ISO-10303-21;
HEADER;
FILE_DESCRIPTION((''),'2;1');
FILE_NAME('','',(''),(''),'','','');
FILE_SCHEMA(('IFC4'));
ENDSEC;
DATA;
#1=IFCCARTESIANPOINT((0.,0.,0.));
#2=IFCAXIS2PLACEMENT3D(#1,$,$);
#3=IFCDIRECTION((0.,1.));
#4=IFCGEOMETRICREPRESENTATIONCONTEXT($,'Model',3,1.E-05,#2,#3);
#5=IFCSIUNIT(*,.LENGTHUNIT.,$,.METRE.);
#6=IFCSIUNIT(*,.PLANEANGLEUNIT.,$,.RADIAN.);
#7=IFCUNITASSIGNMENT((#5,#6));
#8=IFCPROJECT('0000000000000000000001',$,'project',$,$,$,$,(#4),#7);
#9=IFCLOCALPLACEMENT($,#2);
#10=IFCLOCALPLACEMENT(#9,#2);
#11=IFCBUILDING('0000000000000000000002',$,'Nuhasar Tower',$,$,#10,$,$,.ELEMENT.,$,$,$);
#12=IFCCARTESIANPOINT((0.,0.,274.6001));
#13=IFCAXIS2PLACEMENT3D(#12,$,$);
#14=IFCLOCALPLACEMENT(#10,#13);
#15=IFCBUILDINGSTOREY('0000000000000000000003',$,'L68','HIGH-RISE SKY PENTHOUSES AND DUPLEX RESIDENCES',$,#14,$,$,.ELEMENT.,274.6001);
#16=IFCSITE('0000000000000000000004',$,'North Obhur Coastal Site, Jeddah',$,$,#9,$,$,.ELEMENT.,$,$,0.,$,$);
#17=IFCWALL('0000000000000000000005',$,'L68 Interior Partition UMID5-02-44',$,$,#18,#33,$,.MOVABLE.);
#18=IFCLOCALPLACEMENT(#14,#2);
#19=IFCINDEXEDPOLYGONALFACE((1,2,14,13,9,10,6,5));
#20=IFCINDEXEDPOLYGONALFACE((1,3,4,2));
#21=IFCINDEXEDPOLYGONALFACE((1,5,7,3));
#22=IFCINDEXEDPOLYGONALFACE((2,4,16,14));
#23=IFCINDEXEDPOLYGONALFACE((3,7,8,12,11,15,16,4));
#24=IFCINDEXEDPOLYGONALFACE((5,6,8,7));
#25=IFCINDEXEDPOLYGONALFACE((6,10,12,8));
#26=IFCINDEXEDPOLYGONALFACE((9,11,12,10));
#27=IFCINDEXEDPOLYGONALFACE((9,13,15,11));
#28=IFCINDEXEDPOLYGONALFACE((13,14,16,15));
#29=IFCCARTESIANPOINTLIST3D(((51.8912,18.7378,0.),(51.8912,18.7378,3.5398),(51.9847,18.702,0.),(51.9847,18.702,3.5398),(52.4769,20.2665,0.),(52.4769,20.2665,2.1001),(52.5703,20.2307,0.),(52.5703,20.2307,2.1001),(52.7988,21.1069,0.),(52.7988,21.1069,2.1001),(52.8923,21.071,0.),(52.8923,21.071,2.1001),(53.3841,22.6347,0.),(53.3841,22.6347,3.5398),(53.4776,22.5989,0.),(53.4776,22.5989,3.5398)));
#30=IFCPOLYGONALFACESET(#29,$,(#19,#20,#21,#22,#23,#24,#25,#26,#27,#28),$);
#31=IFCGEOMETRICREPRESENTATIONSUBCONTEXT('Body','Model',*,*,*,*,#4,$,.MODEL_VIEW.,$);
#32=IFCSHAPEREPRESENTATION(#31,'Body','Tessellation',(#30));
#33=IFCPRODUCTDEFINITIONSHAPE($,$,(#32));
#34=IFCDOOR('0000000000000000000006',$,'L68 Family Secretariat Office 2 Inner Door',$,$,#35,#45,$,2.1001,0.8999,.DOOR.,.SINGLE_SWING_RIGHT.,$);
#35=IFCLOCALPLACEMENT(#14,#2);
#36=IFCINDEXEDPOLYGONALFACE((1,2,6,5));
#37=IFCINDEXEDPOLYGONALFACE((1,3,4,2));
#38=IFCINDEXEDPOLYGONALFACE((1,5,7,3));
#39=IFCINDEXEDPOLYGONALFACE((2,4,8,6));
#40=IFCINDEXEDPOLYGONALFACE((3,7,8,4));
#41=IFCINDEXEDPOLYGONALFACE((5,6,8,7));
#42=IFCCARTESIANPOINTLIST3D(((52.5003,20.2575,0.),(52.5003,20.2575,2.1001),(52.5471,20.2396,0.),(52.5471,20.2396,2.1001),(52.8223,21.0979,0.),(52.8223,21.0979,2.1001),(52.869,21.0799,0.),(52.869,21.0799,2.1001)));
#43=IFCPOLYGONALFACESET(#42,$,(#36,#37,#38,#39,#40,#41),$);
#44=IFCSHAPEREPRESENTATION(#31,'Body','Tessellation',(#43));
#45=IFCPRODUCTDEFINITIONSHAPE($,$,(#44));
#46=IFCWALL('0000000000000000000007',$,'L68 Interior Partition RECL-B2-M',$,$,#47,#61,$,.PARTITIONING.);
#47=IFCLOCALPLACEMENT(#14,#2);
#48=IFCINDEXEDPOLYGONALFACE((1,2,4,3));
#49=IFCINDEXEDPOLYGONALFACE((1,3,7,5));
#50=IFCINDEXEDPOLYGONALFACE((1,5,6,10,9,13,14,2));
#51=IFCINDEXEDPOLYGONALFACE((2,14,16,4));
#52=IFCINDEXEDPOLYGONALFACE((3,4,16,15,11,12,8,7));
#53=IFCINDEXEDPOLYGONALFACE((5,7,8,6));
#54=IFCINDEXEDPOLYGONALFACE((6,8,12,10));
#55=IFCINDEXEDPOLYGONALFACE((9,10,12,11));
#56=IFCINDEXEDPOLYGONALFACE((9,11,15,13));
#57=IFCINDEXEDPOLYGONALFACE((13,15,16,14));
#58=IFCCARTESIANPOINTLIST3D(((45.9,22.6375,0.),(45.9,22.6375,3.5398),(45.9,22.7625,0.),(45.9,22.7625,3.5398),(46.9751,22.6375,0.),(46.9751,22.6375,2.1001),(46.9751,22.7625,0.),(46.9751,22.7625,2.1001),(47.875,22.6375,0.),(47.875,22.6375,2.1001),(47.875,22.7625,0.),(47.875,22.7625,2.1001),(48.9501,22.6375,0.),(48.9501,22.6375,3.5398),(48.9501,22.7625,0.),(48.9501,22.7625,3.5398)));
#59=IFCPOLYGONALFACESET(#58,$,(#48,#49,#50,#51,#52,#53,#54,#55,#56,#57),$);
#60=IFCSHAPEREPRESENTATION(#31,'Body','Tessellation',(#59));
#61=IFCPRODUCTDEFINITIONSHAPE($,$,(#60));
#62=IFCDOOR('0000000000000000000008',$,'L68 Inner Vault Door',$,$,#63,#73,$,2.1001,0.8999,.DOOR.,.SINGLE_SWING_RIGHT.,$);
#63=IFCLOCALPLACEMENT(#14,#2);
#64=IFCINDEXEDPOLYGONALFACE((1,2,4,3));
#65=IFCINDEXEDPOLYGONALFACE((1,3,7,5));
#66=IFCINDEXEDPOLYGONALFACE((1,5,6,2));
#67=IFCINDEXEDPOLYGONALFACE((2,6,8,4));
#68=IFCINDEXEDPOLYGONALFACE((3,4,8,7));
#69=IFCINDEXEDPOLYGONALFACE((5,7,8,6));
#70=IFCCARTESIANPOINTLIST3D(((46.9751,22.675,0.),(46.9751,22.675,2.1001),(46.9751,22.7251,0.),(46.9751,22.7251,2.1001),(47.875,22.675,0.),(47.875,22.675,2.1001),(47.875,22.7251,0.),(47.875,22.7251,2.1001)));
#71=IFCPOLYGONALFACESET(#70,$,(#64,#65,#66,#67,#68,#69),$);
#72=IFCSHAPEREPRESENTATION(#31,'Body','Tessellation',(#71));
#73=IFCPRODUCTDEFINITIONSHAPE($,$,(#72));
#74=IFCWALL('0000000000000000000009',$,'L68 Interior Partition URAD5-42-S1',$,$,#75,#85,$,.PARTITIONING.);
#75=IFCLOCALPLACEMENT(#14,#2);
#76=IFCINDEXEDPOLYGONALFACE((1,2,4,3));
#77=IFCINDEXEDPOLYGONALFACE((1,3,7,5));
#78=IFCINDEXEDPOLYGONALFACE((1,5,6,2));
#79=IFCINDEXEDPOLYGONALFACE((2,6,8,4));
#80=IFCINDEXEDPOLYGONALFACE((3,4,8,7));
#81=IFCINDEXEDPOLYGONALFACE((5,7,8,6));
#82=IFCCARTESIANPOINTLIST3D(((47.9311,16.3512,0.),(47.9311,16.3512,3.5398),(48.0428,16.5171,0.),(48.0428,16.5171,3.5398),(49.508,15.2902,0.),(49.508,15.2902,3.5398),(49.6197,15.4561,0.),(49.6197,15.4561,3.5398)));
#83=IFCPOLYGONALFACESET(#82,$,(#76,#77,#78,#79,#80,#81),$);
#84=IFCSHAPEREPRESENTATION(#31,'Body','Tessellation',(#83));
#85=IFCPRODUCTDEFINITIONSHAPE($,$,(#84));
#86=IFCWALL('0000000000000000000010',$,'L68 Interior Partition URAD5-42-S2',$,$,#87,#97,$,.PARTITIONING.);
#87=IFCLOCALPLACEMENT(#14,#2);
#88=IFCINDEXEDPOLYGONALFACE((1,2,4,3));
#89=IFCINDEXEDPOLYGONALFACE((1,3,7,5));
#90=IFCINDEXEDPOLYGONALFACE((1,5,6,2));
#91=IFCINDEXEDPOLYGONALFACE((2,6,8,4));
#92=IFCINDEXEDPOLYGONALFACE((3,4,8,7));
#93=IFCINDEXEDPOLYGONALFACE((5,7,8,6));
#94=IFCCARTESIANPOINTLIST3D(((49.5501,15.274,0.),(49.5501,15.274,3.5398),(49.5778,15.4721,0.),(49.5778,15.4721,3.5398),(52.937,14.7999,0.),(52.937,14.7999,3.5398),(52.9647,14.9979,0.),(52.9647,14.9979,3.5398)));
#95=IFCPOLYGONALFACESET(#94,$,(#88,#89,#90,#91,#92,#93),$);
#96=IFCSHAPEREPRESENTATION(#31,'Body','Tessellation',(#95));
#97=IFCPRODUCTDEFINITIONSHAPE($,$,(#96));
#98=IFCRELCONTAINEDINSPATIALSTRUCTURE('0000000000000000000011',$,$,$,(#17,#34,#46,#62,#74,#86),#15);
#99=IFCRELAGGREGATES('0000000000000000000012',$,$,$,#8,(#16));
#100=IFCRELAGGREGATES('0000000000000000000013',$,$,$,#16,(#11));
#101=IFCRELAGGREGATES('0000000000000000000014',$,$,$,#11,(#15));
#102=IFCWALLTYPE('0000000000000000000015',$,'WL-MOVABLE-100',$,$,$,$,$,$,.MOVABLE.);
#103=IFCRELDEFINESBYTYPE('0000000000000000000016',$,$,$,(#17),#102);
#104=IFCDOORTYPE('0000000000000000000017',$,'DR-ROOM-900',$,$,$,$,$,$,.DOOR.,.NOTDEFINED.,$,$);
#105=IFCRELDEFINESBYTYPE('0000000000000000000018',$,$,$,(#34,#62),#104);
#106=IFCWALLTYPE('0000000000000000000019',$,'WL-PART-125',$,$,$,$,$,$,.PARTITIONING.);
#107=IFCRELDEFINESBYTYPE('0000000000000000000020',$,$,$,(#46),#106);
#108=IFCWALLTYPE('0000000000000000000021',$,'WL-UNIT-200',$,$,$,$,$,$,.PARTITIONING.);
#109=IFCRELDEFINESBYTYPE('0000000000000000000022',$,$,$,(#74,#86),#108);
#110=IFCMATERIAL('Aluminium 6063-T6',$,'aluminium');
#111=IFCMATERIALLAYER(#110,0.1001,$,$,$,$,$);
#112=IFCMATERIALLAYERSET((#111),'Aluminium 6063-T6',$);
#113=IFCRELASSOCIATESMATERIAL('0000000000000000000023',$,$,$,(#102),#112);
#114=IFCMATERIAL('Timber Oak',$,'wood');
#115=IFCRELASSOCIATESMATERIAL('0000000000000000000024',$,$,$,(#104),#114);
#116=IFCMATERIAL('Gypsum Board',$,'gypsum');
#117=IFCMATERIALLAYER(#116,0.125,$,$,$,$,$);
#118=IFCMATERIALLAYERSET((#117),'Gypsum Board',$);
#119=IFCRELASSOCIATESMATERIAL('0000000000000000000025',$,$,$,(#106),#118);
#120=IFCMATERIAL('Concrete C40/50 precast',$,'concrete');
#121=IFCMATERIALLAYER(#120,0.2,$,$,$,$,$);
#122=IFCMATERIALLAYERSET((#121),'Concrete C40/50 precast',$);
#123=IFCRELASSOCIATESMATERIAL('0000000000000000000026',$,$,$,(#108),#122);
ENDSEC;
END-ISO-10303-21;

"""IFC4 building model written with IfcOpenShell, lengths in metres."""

from ifc_helpers import new_model, si_unit, direction, frame, frame_2d, origin, place, context, subcontext, project, spatial, rectangle, extrude, material, layer, layer_set, type_object, element, fill, save


model = new_model("IFC4")

# Units and contexts
model_context = context("Model", 3, precision=1e-05, world=origin(), true_north=direction((0.0, 1.0)))
body_context = subcontext(model_context, "Body", "Model", "MODEL_VIEW")
ifc_project = project(units=[si_unit("LENGTHUNIT", "METRE"), si_unit("PLANEANGLEUNIT", "RADIAN")], contexts=[model_context])

# Site, building, storey
site_placement = place(None, origin())
site = spatial("IfcSite", under=ifc_project, at=site_placement, Name="North Obhur Coastal Site, Jeddah", CompositionType="ELEMENT", RefElevation=0.0)
building_placement = place(site_placement, origin())
building = spatial("IfcBuilding", under=site, at=building_placement, Name="Nuhasar Tower", CompositionType="ELEMENT")
storey_placement = place(building_placement, frame((0.0, 0.0, 274.6001)))
storey = spatial("IfcBuildingStorey", under=building, at=storey_placement, Name="L68", Description="HIGH-RISE SKY PENTHOUSES AND DUPLEX RESIDENCES", CompositionType="ELEMENT", Elevation=274.6001)

# Shared definitions
ifc_material_1 = material(Name="Aluminium 6063-T6", Category="aluminium")

# Shared definitions
ifc_material_2 = material(Name="Gypsum Board", Category="gypsum")

# Shared definitions
ifc_material_3 = material(Name="Timber Oak", Category="wood")

# Shared definitions
ifc_layer_1 = layer(ifc_material_1, 0.1001)
ifc_layer_set_1 = layer_set([ifc_layer_1], Name="Aluminium 6063-T6")
wall_type_1 = type_object("IfcWallType", Name="WL-MOVABLE-100", PredefinedType="MOVABLE", material=ifc_layer_set_1)

# Walls, openings, doors
wall_1_placement = place(storey_placement, frame((51.938, 18.72, 0.0), z_axis=(0.0, 0.0, 1.0), x_axis=(0.357744, 0.93382, 0.0)))
wall_1 = element("IfcWall", 1, at=wall_1_placement, inside=storey, type_object=wall_type_1, Name="L68 Interior Partition UMID5-02-44", PredefinedType="MOVABLE", context=body_context, shape_type="SweptSolid", body=[
    extrude(rectangle(XDim=4.1731, YDim=0.1001, at=frame_2d((2.0864, 0.0))), origin(), (0.0, 0.0, 1.0), 3.5398),
])
opening_1_placement = place(wall_1_placement, frame((1.637, 0.0, 0.0)))
opening_1 = element("IfcOpeningElement", 2, at=opening_1_placement, cuts=wall_1, PredefinedType="OPENING", context=body_context, shape_type="SweptSolid", body=[
    extrude(rectangle(XDim=0.8999, YDim=2.1001, at=frame_2d((0.45, 1.05))), frame((0.0, 0.0601, 0.0), z_axis=(0.0, -1.0, 0.0), x_axis=(1.0, 0.0, 0.0)), (0.0, 0.0, 1.0), 0.1201),
])
door_type_1 = type_object("IfcDoorType", Name="DR-ROOM-900", OperationType="NOTDEFINED", PredefinedType="DOOR", material=ifc_material_3)
door_1_placement = place(opening_1_placement, origin())
door_1 = element("IfcDoor", 3, at=door_1_placement, inside=storey, type_object=door_type_1, Name="L68 Family Secretariat Office 2 Inner Door", OperationType="SINGLE_SWING_RIGHT", OverallHeight=2.1001, OverallWidth=0.8999, PredefinedType="DOOR", context=body_context, shape_type="SweptSolid", body=[
    extrude(rectangle(XDim=0.8999, YDim=2.1001, at=frame_2d((0.45, 1.05))), frame((0.0, 0.0249, 0.0), z_axis=(0.0, -1.0, 0.0), x_axis=(1.0, 0.0, 0.0)), (0.0, 0.0, 1.0), 0.05),
])
fill(opening_1, door_1)
ifc_layer_2 = layer(ifc_material_2, 0.125)
ifc_layer_set_2 = layer_set([ifc_layer_2], Name="Gypsum Board")
wall_type_2 = type_object("IfcWallType", Name="WL-PART-125", PredefinedType="PARTITIONING", material=ifc_layer_set_2)
wall_2_placement = place(storey_placement, frame((48.95, 22.7, 0.0), z_axis=(0.0, 0.0, 1.0), x_axis=(-1.0, 0.0, 0.0)))
wall_2 = element("IfcWall", 4, at=wall_2_placement, inside=storey, type_object=wall_type_2, Name="L68 Interior Partition RECL-B2-M", PredefinedType="PARTITIONING", context=body_context, shape_type="SweptSolid", body=[
    extrude(rectangle(XDim=3.05, YDim=0.125, at=frame_2d((1.5249, 0.0))), origin(), (0.0, 0.0, 1.0), 3.5398),
])
opening_2_placement = place(wall_2_placement, frame((1.075, 0.0, 0.0)))
opening_2 = element("IfcOpeningElement", 5, at=opening_2_placement, cuts=wall_2, PredefinedType="OPENING", context=body_context, shape_type="SweptSolid", body=[
    extrude(rectangle(XDim=0.8999, YDim=2.1001, at=frame_2d((0.45, 1.05))), frame((0.0, 0.0725, 0.0), z_axis=(0.0, -1.0, 0.0), x_axis=(1.0, 0.0, 0.0)), (0.0, 0.0, 1.0), 0.145),
])
door_2_placement = place(opening_2_placement, origin())
door_2 = element("IfcDoor", 6, at=door_2_placement, inside=storey, type_object=door_type_1, Name="L68 Inner Vault Door", OperationType="SINGLE_SWING_RIGHT", OverallHeight=2.1001, OverallWidth=0.8999, PredefinedType="DOOR", context=body_context, shape_type="SweptSolid", body=[
    extrude(rectangle(XDim=0.8999, YDim=2.1001, at=frame_2d((0.45, 1.05))), frame((0.0, 0.0249, 0.0), z_axis=(0.0, -1.0, 0.0), x_axis=(1.0, 0.0, 0.0)), (0.0, 0.0, 1.0), 0.05),
])
fill(opening_2, door_2)

# Walls
ifc_material_4 = material(Name="Concrete C40/50 precast", Category="concrete")
ifc_layer_3 = layer(ifc_material_4, 0.2)
ifc_layer_set_3 = layer_set([ifc_layer_3], Name="Concrete C40/50 precast")
wall_type_3 = type_object("IfcWallType", Name="WL-UNIT-200", PredefinedType="PARTITIONING", material=ifc_layer_set_3)
wall_3_placement = place(storey_placement, frame((47.9871, 16.4341, 0.0), z_axis=(0.0, 0.0, 1.0), x_axis=(0.829671, -0.558252, 0.0)))
element("IfcWall", 7, at=wall_3_placement, inside=storey, type_object=wall_type_3, Name="L68 Interior Partition URAD5-42-S1", PredefinedType="PARTITIONING", context=body_context, shape_type="SweptSolid", body=[
    extrude(rectangle(XDim=1.9006, YDim=0.2, at=frame_2d((0.9502, 0.0))), origin(), (0.0, 0.0, 1.0), 3.5398),
])
wall_4_placement = place(storey_placement, frame((49.564, 15.373, 0.0), z_axis=(0.0, 0.0, 1.0), x_axis=(0.990344, -0.138632, 0.0)))
element("IfcWall", 8, at=wall_4_placement, inside=storey, type_object=wall_type_3, Name="L68 Interior Partition URAD5-42-S2", PredefinedType="PARTITIONING", context=body_context, shape_type="SweptSolid", body=[
    extrude(rectangle(XDim=3.4199, YDim=0.2, at=frame_2d((1.71, 0.0))), origin(), (0.0, 0.0, 1.0), 3.5398),
])

save(model, "model.ifc")
